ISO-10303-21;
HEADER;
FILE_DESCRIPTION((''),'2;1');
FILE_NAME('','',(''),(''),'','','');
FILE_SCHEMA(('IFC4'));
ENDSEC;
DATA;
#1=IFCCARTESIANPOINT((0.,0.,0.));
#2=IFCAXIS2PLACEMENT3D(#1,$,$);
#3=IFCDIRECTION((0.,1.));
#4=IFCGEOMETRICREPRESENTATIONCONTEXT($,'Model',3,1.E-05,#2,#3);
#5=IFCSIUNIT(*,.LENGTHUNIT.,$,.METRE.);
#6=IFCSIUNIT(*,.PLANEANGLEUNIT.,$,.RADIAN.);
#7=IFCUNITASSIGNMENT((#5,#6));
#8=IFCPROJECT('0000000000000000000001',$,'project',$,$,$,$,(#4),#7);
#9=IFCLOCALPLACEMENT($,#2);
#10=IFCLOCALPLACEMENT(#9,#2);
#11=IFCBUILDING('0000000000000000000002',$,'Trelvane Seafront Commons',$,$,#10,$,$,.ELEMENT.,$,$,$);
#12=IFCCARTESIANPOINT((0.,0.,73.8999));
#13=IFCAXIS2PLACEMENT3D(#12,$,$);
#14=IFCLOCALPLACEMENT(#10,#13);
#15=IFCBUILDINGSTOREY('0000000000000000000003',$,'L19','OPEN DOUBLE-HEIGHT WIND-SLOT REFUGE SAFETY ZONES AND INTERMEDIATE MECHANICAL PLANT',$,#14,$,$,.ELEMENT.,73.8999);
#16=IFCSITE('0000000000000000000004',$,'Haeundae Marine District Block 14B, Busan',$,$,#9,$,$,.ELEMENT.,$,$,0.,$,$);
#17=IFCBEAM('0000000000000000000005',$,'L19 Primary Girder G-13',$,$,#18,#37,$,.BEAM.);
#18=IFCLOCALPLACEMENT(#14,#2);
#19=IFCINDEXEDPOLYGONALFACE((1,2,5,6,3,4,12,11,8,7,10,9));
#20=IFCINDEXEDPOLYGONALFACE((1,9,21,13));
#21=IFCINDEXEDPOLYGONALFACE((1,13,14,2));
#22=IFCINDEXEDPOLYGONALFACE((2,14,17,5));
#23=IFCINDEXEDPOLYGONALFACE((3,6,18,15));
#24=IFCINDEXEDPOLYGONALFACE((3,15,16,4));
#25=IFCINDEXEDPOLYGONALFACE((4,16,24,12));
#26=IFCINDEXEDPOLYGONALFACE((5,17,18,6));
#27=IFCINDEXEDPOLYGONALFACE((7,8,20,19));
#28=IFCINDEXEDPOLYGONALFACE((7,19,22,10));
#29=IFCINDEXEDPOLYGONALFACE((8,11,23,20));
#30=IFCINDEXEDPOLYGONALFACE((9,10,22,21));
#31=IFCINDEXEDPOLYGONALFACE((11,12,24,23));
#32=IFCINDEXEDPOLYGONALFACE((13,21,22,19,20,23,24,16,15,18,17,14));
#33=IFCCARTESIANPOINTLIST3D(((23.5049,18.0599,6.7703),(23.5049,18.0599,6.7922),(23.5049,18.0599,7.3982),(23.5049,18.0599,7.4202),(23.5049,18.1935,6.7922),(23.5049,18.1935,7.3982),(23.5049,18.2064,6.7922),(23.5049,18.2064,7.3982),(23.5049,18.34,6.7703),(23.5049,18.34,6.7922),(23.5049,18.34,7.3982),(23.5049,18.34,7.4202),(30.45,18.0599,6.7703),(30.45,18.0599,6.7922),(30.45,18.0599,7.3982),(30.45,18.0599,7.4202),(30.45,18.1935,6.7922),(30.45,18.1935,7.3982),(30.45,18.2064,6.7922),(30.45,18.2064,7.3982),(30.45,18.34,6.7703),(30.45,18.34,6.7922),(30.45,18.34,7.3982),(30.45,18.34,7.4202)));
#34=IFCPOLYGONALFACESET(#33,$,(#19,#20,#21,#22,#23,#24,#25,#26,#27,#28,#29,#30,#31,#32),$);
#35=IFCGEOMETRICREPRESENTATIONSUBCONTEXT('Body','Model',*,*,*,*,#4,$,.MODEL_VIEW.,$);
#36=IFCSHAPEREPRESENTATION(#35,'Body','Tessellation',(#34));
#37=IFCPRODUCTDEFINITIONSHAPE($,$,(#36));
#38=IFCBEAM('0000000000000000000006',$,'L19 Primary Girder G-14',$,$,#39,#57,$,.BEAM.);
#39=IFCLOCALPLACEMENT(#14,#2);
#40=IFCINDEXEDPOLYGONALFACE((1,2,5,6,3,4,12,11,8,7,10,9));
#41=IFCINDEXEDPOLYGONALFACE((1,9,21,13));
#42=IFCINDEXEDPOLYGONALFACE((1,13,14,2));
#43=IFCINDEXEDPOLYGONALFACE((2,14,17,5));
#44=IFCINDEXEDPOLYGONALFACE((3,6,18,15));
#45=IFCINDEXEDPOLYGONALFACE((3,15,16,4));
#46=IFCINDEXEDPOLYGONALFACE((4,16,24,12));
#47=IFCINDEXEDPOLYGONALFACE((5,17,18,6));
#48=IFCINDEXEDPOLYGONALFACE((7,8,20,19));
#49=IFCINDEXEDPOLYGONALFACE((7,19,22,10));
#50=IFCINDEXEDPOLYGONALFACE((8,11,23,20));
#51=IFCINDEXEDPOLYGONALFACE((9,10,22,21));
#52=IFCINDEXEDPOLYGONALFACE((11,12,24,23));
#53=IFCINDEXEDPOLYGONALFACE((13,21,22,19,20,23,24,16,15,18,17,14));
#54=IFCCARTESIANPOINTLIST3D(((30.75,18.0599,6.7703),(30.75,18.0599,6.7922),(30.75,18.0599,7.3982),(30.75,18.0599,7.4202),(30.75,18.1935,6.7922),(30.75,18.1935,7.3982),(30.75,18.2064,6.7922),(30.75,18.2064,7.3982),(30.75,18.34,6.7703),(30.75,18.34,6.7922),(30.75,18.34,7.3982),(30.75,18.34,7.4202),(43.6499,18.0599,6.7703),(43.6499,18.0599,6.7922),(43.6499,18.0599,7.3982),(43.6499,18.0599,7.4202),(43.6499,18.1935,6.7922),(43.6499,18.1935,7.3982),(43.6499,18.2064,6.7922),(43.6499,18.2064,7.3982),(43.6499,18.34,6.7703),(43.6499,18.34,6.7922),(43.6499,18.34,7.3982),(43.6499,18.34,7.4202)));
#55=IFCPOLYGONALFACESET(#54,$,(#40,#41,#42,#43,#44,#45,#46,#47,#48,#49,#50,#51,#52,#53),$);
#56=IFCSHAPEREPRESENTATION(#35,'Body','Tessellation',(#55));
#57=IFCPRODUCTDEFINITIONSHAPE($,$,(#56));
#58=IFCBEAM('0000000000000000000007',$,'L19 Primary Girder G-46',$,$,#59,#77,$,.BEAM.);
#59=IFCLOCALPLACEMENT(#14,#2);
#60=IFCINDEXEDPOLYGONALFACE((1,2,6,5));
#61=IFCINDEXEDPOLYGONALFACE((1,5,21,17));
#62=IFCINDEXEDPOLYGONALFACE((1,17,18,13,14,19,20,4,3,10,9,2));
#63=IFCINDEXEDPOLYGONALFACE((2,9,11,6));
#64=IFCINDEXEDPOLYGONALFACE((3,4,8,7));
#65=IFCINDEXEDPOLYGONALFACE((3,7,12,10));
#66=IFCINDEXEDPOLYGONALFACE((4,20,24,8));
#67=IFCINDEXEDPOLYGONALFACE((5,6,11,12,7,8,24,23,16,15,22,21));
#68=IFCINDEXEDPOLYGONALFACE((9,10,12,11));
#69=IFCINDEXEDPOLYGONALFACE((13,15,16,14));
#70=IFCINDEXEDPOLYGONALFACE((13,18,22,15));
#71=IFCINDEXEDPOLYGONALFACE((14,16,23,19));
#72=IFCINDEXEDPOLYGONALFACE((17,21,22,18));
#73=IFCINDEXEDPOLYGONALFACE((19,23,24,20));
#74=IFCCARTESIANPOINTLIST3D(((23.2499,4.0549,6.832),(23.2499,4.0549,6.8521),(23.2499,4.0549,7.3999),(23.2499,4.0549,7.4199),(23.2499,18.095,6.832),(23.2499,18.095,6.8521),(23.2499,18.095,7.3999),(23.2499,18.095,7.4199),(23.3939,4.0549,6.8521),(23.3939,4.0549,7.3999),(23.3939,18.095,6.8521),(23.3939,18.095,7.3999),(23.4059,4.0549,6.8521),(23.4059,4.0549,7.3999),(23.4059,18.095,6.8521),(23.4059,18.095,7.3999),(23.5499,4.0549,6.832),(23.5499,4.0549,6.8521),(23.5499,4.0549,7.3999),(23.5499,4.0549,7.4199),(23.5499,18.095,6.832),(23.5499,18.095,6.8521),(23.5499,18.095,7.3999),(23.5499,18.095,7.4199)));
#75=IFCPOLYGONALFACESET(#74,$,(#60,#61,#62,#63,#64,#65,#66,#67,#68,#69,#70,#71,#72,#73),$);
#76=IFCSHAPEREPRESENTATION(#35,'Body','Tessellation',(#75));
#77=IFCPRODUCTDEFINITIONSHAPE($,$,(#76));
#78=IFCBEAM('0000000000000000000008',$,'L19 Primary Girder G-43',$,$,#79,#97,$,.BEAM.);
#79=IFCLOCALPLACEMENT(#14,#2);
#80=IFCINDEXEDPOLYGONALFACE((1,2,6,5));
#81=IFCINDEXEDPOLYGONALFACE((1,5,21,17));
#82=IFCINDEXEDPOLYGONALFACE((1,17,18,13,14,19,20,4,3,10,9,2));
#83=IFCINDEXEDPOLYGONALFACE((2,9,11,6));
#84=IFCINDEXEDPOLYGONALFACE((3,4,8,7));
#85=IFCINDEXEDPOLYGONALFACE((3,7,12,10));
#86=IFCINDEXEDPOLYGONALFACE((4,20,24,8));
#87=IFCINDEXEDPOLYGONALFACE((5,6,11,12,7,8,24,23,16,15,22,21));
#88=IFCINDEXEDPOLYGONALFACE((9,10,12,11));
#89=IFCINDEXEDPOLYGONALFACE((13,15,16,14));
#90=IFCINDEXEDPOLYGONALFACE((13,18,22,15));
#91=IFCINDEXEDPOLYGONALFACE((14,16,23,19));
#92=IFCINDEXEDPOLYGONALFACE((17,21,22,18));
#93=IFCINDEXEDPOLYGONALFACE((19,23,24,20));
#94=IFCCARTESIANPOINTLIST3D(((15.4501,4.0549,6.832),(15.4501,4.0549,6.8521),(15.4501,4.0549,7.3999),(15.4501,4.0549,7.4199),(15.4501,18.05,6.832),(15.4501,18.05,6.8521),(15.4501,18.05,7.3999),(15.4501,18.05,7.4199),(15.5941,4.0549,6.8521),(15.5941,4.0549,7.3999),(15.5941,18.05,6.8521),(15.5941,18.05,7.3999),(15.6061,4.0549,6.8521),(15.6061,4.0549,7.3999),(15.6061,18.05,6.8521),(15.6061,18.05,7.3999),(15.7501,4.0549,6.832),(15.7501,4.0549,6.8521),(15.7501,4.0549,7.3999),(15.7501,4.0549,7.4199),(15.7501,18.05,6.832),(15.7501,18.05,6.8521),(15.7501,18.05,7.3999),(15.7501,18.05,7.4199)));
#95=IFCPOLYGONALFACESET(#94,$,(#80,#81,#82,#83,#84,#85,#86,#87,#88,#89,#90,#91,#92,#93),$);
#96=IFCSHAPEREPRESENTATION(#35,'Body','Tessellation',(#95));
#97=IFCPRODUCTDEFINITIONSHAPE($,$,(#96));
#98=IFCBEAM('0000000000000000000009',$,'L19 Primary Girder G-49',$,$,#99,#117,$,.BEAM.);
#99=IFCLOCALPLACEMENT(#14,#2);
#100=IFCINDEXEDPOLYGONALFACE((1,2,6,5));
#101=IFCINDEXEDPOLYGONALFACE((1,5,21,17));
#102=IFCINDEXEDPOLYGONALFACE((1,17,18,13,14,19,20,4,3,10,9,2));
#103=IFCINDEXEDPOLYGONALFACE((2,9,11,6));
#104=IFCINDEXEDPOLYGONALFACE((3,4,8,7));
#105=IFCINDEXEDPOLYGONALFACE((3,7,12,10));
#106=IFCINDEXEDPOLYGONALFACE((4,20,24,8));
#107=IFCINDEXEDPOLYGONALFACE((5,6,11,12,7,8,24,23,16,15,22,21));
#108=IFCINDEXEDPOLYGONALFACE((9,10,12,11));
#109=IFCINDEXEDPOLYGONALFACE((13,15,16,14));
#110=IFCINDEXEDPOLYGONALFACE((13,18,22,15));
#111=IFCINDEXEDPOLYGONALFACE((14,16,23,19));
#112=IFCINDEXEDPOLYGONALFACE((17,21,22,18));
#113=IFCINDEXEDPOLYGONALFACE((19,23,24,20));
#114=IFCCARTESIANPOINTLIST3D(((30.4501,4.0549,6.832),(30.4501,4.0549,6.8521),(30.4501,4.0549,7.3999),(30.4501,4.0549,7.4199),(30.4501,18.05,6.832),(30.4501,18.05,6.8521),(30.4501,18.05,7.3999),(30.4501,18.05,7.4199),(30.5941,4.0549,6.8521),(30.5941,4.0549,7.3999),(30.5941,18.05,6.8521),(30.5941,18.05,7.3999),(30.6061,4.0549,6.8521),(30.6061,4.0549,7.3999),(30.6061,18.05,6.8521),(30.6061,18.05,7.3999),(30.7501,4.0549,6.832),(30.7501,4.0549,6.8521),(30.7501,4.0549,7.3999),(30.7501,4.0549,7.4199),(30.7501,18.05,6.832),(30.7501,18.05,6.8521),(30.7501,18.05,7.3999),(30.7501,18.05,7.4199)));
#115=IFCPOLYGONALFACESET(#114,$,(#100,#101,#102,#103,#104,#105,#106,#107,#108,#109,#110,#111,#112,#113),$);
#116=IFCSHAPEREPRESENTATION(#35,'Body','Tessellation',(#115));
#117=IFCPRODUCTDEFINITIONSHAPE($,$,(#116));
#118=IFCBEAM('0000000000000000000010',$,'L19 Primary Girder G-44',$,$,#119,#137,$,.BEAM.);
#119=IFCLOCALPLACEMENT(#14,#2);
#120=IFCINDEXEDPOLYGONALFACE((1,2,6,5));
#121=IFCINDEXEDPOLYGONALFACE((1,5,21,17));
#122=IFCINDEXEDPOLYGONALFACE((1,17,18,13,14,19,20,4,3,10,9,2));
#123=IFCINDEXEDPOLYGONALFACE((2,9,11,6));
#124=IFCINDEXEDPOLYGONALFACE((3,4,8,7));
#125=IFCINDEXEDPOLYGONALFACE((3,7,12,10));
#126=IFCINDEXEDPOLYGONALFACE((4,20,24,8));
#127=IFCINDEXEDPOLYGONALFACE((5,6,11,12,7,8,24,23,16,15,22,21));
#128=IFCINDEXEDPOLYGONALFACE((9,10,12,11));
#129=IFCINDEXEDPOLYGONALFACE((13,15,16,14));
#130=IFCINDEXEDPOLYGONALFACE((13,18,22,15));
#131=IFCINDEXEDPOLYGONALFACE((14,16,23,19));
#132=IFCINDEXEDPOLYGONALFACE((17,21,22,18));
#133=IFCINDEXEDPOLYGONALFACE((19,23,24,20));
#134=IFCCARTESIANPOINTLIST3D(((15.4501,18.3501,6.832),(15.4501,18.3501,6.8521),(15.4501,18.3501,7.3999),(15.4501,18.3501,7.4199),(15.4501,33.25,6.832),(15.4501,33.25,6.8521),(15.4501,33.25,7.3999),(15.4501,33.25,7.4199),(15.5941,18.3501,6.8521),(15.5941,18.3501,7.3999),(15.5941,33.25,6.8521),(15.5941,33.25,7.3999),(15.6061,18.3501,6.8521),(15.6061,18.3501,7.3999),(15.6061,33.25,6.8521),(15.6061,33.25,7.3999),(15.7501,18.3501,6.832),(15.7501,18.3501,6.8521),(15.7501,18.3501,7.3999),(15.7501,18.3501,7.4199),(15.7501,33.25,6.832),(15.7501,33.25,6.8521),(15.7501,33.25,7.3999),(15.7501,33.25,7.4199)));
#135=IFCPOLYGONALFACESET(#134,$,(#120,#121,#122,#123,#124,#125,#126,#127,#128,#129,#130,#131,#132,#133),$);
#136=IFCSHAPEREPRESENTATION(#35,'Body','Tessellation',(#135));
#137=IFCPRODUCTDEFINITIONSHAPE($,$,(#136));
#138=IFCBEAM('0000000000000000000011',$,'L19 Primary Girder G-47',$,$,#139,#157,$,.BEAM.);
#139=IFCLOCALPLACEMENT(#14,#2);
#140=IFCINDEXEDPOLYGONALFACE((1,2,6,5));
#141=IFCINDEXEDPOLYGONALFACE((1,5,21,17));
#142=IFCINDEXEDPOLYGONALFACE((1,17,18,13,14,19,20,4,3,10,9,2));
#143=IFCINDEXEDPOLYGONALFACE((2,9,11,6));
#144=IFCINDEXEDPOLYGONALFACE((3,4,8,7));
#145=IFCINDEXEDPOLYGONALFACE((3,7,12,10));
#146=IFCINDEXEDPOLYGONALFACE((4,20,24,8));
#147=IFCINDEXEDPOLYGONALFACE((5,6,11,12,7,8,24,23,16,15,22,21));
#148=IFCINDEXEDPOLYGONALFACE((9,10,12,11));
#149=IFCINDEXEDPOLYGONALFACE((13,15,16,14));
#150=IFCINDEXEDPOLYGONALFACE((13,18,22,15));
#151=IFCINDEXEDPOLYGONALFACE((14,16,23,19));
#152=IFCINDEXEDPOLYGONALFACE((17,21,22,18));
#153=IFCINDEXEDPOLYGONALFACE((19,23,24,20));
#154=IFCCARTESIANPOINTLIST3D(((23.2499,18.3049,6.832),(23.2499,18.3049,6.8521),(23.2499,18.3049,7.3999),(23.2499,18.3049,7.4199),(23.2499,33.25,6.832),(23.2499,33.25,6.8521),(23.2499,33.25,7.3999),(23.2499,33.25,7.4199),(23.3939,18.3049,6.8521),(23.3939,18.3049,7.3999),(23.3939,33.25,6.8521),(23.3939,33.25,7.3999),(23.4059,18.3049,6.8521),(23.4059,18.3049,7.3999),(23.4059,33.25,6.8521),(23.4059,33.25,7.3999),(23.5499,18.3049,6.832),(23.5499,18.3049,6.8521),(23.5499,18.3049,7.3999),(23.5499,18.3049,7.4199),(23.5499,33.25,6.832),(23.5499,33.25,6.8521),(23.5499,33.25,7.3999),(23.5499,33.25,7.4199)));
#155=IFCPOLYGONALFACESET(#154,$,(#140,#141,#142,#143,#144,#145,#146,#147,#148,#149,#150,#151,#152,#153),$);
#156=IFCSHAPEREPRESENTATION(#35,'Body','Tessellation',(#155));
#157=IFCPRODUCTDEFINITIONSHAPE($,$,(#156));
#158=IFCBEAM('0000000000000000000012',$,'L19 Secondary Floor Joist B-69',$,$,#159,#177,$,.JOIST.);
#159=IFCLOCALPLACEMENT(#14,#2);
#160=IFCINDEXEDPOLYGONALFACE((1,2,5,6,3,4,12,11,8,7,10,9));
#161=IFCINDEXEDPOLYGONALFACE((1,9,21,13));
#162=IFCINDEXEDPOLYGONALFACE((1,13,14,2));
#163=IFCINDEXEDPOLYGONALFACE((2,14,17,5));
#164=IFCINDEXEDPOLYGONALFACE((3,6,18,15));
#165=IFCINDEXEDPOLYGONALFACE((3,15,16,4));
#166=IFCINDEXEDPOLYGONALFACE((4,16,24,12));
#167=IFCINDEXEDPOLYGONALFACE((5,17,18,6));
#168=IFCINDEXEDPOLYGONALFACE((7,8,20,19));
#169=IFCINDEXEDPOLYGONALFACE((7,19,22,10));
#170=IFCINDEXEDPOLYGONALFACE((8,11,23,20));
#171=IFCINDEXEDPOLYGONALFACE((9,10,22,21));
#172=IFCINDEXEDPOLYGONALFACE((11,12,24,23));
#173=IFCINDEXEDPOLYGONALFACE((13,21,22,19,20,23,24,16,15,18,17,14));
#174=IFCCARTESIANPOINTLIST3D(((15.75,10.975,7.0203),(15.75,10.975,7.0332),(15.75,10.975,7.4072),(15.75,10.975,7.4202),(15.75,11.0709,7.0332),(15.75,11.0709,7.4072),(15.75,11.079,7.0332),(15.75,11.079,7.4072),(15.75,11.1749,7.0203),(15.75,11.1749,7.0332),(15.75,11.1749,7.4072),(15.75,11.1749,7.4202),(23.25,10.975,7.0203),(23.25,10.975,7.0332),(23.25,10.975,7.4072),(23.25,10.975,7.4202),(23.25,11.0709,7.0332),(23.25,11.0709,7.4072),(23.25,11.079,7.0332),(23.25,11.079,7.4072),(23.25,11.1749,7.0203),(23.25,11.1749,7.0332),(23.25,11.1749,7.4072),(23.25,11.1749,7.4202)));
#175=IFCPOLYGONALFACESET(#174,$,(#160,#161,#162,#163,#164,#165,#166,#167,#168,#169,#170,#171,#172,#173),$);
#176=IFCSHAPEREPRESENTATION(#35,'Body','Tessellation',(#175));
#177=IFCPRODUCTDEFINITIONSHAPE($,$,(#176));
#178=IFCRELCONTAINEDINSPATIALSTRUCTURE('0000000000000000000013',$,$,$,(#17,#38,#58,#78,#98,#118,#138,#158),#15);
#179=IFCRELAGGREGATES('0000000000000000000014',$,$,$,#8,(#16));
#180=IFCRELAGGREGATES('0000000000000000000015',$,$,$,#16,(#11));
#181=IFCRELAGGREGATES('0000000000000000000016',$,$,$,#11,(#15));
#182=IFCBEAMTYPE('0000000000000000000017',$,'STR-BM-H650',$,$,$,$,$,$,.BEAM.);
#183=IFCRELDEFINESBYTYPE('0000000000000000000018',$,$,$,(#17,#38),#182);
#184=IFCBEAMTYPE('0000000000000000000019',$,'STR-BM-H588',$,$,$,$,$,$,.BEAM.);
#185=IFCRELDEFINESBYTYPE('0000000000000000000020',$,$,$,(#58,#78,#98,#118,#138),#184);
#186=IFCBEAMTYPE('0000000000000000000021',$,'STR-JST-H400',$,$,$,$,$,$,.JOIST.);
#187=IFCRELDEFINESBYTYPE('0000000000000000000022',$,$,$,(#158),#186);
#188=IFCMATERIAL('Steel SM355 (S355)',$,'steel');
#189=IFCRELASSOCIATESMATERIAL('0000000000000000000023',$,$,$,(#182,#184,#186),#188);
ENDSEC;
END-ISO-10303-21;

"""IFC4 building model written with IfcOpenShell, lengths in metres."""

from ifc_helpers import new_model, si_unit, direction, frame, origin, origin_2d, place, context, subcontext, project, spatial, i_section, extrude, source, transform, mapped, material, material_profile, profile_set, type_object, element, save


model = new_model("IFC4")

# Units and contexts
model_context = context("Model", 3, precision=1e-05, world=origin(), true_north=direction((0.0, 1.0)))
body_context = subcontext(model_context, "Body", "Model", "MODEL_VIEW")
ifc_project = project(units=[si_unit("LENGTHUNIT", "METRE"), si_unit("PLANEANGLEUNIT", "RADIAN")], contexts=[model_context])

# Site, building, storey
site_placement = place(None, origin())
site = spatial("IfcSite", under=ifc_project, at=site_placement, Name="Haeundae Marine District Block 14B, Busan", CompositionType="ELEMENT", RefElevation=0.0)
building_placement = place(site_placement, origin())
building = spatial("IfcBuilding", under=site, at=building_placement, Name="Trelvane Seafront Commons", CompositionType="ELEMENT")
storey_placement = place(building_placement, frame((0.0, 0.0, 73.8999)))
storey = spatial("IfcBuildingStorey", under=building, at=storey_placement, Name="L19", Description="OPEN DOUBLE-HEIGHT WIND-SLOT REFUGE SAFETY ZONES AND INTERMEDIATE MECHANICAL PLANT", CompositionType="ELEMENT", Elevation=73.8999)

# Shared definitions
ifc_material_1 = material(Name="Steel SM355 (S355)", Category="steel")

# Beams
ifc_material_profile_1 = material_profile(ifc_material_1, i_section(OverallWidth=0.28, OverallDepth=0.6499, WebThickness=0.0129, FlangeThickness=0.022, at=origin_2d()), Name="H-650x280x13x22")
ifc_profile_set_1 = profile_set([ifc_material_profile_1], Name="Steel SM355 (S355)")
beam_type_1 = type_object("IfcBeamType", Name="STR-BM-H650", PredefinedType="BEAM", material=ifc_profile_set_1)
shared_shape_1 = source(origin(), body_context, "Body", "SweptSolid", [
    extrude(i_section(OverallWidth=0.28, OverallDepth=0.6499, WebThickness=0.0129, FlangeThickness=0.022, at=origin_2d()), origin(), (0.0, 0.0, 1.0), 6.9451),
])
beam_1_placement = place(storey_placement, frame((23.5049, 18.2, 7.0952), z_axis=(1.0, 0.0, 0.0), x_axis=(0.0, 1.0, 0.0)))
element("IfcBeam", 1, at=beam_1_placement, inside=storey, type_object=beam_type_1, Name="L19 Primary Girder G-13", PredefinedType="BEAM", context=body_context, shape_type="MappedRepresentation", body=[
    mapped(shared_shape_1, transform((0.0, 0.0, 0.0), x_axis=(1.0, 0.0, 0.0), y_axis=(0.0, 1.0, 0.0), z_axis=(0.0, 0.0, 1.0), scale=1.0)),
])
shared_shape_2 = source(origin(), body_context, "Body", "SweptSolid", [
    extrude(i_section(OverallWidth=0.28, OverallDepth=0.6499, WebThickness=0.0129, FlangeThickness=0.022, at=origin_2d()), origin(), (0.0, 0.0, 1.0), 12.8999),
])
beam_2_placement = place(storey_placement, frame((30.75, 18.2, 7.0952), z_axis=(1.0, 0.0, 0.0), x_axis=(0.0, 1.0, 0.0)))
element("IfcBeam", 2, at=beam_2_placement, inside=storey, type_object=beam_type_1, Name="L19 Primary Girder G-14", PredefinedType="BEAM", context=body_context, shape_type="MappedRepresentation", body=[
    mapped(shared_shape_2, transform((0.0, 0.0, 0.0), x_axis=(1.0, 0.0, 0.0), y_axis=(0.0, 1.0, 0.0), z_axis=(0.0, 0.0, 1.0), scale=1.0)),
])
ifc_material_profile_2 = material_profile(ifc_material_1, i_section(OverallWidth=0.3, OverallDepth=0.5879, WebThickness=0.012, FlangeThickness=0.02, at=origin_2d()), Name="H-588x300x12x20")
ifc_profile_set_2 = profile_set([ifc_material_profile_2], Name="Steel SM355 (S355)")
beam_type_2 = type_object("IfcBeamType", Name="STR-BM-H588", PredefinedType="BEAM", material=ifc_profile_set_2)
shared_shape_3 = source(origin(), body_context, "Body", "SweptSolid", [
    extrude(i_section(OverallWidth=0.3, OverallDepth=0.5879, WebThickness=0.012, FlangeThickness=0.02, at=origin_2d()), origin(), (0.0, 0.0, 1.0), 14.04),
])
beam_3_placement = place(storey_placement, frame((23.3999, 4.0549, 7.126), z_axis=(0.0, 1.0, 0.0), x_axis=(-1.0, 0.0, 0.0)))
element("IfcBeam", 3, at=beam_3_placement, inside=storey, type_object=beam_type_2, Name="L19 Primary Girder G-46", PredefinedType="BEAM", context=body_context, shape_type="MappedRepresentation", body=[
    mapped(shared_shape_3, transform((0.0, 0.0, 0.0), x_axis=(1.0, 0.0, 0.0), y_axis=(0.0, 1.0, 0.0), z_axis=(0.0, 0.0, 1.0), scale=1.0)),
])
shared_shape_4 = source(origin(), body_context, "Body", "SweptSolid", [
    extrude(i_section(OverallWidth=0.3, OverallDepth=0.5879, WebThickness=0.012, FlangeThickness=0.02, at=origin_2d()), origin(), (0.0, 0.0, 1.0), 13.9951),
])
for number, where, z_axis, x_axis, name in (
    (4, (15.6001, 4.0549, 7.126), (0.0, 1.0, 0.0), (-1.0, 0.0, 0.0), "L19 Primary Girder G-43"),
    (5, (30.6001, 4.0549, 7.126), (0.0, 1.0, 0.0), (-1.0, 0.0, 0.0), "L19 Primary Girder G-49"),
):
    element("IfcBeam", number, at=place(storey_placement, frame(where, z_axis=z_axis, x_axis=x_axis)), inside=storey, type_object=beam_type_2, Name=name, PredefinedType="BEAM", context=body_context, shape_type="MappedRepresentation", body=[
        mapped(shared_shape_4, transform((0.0, 0.0, 0.0), x_axis=(1.0, 0.0, 0.0), y_axis=(0.0, 1.0, 0.0), z_axis=(0.0, 0.0, 1.0), scale=1.0)),
    ])
shared_shape_5 = source(origin(), body_context, "Body", "SweptSolid", [
    extrude(i_section(OverallWidth=0.3, OverallDepth=0.5879, WebThickness=0.012, FlangeThickness=0.02, at=origin_2d()), origin(), (0.0, 0.0, 1.0), 14.8999),
])
beam_4_placement = place(storey_placement, frame((15.6001, 18.3501, 7.126), z_axis=(0.0, 1.0, 0.0), x_axis=(-1.0, 0.0, 0.0)))
element("IfcBeam", 6, at=beam_4_placement, inside=storey, type_object=beam_type_2, Name="L19 Primary Girder G-44", PredefinedType="BEAM", context=body_context, shape_type="MappedRepresentation", body=[
    mapped(shared_shape_5, transform((0.0, 0.0, 0.0), x_axis=(1.0, 0.0, 0.0), y_axis=(0.0, 1.0, 0.0), z_axis=(0.0, 0.0, 1.0), scale=1.0)),
])
shared_shape_6 = source(origin(), body_context, "Body", "SweptSolid", [
    extrude(i_section(OverallWidth=0.3, OverallDepth=0.5879, WebThickness=0.012, FlangeThickness=0.02, at=origin_2d()), origin(), (0.0, 0.0, 1.0), 14.9451),
])
beam_5_placement = place(storey_placement, frame((23.3999, 18.3049, 7.126), z_axis=(0.0, 1.0, 0.0), x_axis=(-1.0, 0.0, 0.0)))
element("IfcBeam", 7, at=beam_5_placement, inside=storey, type_object=beam_type_2, Name="L19 Primary Girder G-47", PredefinedType="BEAM", context=body_context, shape_type="MappedRepresentation", body=[
    mapped(shared_shape_6, transform((0.0, 0.0, 0.0), x_axis=(1.0, 0.0, 0.0), y_axis=(0.0, 1.0, 0.0), z_axis=(0.0, 0.0, 1.0), scale=1.0)),
])
ifc_material_profile_3 = material_profile(ifc_material_1, i_section(OverallWidth=0.2, OverallDepth=0.3999, WebThickness=0.0081, FlangeThickness=0.0129, at=origin_2d()), Name="H-400x200x8x13")
ifc_profile_set_3 = profile_set([ifc_material_profile_3], Name="Steel SM355 (S355)")
beam_type_3 = type_object("IfcBeamType", Name="STR-JST-H400", PredefinedType="JOIST", material=ifc_profile_set_3)
shared_shape_7 = source(origin(), body_context, "Body", "SweptSolid", [
    extrude(i_section(OverallWidth=0.2, OverallDepth=0.3999, WebThickness=0.0081, FlangeThickness=0.0129, at=origin_2d()), origin(), (0.0, 0.0, 1.0), 7.5),
])
beam_6_placement = place(storey_placement, frame((15.75, 11.075, 7.2202), z_axis=(1.0, 0.0, 0.0), x_axis=(0.0, 1.0, 0.0)))
element("IfcBeam", 8, at=beam_6_placement, inside=storey, type_object=beam_type_3, Name="L19 Secondary Floor Joist B-69", PredefinedType="JOIST", context=body_context, shape_type="MappedRepresentation", body=[
    mapped(shared_shape_7, transform((0.0, 0.0, 0.0), x_axis=(1.0, 0.0, 0.0), y_axis=(0.0, 1.0, 0.0), z_axis=(0.0, 0.0, 1.0), scale=1.0)),
])

save(model, "model.ifc")
